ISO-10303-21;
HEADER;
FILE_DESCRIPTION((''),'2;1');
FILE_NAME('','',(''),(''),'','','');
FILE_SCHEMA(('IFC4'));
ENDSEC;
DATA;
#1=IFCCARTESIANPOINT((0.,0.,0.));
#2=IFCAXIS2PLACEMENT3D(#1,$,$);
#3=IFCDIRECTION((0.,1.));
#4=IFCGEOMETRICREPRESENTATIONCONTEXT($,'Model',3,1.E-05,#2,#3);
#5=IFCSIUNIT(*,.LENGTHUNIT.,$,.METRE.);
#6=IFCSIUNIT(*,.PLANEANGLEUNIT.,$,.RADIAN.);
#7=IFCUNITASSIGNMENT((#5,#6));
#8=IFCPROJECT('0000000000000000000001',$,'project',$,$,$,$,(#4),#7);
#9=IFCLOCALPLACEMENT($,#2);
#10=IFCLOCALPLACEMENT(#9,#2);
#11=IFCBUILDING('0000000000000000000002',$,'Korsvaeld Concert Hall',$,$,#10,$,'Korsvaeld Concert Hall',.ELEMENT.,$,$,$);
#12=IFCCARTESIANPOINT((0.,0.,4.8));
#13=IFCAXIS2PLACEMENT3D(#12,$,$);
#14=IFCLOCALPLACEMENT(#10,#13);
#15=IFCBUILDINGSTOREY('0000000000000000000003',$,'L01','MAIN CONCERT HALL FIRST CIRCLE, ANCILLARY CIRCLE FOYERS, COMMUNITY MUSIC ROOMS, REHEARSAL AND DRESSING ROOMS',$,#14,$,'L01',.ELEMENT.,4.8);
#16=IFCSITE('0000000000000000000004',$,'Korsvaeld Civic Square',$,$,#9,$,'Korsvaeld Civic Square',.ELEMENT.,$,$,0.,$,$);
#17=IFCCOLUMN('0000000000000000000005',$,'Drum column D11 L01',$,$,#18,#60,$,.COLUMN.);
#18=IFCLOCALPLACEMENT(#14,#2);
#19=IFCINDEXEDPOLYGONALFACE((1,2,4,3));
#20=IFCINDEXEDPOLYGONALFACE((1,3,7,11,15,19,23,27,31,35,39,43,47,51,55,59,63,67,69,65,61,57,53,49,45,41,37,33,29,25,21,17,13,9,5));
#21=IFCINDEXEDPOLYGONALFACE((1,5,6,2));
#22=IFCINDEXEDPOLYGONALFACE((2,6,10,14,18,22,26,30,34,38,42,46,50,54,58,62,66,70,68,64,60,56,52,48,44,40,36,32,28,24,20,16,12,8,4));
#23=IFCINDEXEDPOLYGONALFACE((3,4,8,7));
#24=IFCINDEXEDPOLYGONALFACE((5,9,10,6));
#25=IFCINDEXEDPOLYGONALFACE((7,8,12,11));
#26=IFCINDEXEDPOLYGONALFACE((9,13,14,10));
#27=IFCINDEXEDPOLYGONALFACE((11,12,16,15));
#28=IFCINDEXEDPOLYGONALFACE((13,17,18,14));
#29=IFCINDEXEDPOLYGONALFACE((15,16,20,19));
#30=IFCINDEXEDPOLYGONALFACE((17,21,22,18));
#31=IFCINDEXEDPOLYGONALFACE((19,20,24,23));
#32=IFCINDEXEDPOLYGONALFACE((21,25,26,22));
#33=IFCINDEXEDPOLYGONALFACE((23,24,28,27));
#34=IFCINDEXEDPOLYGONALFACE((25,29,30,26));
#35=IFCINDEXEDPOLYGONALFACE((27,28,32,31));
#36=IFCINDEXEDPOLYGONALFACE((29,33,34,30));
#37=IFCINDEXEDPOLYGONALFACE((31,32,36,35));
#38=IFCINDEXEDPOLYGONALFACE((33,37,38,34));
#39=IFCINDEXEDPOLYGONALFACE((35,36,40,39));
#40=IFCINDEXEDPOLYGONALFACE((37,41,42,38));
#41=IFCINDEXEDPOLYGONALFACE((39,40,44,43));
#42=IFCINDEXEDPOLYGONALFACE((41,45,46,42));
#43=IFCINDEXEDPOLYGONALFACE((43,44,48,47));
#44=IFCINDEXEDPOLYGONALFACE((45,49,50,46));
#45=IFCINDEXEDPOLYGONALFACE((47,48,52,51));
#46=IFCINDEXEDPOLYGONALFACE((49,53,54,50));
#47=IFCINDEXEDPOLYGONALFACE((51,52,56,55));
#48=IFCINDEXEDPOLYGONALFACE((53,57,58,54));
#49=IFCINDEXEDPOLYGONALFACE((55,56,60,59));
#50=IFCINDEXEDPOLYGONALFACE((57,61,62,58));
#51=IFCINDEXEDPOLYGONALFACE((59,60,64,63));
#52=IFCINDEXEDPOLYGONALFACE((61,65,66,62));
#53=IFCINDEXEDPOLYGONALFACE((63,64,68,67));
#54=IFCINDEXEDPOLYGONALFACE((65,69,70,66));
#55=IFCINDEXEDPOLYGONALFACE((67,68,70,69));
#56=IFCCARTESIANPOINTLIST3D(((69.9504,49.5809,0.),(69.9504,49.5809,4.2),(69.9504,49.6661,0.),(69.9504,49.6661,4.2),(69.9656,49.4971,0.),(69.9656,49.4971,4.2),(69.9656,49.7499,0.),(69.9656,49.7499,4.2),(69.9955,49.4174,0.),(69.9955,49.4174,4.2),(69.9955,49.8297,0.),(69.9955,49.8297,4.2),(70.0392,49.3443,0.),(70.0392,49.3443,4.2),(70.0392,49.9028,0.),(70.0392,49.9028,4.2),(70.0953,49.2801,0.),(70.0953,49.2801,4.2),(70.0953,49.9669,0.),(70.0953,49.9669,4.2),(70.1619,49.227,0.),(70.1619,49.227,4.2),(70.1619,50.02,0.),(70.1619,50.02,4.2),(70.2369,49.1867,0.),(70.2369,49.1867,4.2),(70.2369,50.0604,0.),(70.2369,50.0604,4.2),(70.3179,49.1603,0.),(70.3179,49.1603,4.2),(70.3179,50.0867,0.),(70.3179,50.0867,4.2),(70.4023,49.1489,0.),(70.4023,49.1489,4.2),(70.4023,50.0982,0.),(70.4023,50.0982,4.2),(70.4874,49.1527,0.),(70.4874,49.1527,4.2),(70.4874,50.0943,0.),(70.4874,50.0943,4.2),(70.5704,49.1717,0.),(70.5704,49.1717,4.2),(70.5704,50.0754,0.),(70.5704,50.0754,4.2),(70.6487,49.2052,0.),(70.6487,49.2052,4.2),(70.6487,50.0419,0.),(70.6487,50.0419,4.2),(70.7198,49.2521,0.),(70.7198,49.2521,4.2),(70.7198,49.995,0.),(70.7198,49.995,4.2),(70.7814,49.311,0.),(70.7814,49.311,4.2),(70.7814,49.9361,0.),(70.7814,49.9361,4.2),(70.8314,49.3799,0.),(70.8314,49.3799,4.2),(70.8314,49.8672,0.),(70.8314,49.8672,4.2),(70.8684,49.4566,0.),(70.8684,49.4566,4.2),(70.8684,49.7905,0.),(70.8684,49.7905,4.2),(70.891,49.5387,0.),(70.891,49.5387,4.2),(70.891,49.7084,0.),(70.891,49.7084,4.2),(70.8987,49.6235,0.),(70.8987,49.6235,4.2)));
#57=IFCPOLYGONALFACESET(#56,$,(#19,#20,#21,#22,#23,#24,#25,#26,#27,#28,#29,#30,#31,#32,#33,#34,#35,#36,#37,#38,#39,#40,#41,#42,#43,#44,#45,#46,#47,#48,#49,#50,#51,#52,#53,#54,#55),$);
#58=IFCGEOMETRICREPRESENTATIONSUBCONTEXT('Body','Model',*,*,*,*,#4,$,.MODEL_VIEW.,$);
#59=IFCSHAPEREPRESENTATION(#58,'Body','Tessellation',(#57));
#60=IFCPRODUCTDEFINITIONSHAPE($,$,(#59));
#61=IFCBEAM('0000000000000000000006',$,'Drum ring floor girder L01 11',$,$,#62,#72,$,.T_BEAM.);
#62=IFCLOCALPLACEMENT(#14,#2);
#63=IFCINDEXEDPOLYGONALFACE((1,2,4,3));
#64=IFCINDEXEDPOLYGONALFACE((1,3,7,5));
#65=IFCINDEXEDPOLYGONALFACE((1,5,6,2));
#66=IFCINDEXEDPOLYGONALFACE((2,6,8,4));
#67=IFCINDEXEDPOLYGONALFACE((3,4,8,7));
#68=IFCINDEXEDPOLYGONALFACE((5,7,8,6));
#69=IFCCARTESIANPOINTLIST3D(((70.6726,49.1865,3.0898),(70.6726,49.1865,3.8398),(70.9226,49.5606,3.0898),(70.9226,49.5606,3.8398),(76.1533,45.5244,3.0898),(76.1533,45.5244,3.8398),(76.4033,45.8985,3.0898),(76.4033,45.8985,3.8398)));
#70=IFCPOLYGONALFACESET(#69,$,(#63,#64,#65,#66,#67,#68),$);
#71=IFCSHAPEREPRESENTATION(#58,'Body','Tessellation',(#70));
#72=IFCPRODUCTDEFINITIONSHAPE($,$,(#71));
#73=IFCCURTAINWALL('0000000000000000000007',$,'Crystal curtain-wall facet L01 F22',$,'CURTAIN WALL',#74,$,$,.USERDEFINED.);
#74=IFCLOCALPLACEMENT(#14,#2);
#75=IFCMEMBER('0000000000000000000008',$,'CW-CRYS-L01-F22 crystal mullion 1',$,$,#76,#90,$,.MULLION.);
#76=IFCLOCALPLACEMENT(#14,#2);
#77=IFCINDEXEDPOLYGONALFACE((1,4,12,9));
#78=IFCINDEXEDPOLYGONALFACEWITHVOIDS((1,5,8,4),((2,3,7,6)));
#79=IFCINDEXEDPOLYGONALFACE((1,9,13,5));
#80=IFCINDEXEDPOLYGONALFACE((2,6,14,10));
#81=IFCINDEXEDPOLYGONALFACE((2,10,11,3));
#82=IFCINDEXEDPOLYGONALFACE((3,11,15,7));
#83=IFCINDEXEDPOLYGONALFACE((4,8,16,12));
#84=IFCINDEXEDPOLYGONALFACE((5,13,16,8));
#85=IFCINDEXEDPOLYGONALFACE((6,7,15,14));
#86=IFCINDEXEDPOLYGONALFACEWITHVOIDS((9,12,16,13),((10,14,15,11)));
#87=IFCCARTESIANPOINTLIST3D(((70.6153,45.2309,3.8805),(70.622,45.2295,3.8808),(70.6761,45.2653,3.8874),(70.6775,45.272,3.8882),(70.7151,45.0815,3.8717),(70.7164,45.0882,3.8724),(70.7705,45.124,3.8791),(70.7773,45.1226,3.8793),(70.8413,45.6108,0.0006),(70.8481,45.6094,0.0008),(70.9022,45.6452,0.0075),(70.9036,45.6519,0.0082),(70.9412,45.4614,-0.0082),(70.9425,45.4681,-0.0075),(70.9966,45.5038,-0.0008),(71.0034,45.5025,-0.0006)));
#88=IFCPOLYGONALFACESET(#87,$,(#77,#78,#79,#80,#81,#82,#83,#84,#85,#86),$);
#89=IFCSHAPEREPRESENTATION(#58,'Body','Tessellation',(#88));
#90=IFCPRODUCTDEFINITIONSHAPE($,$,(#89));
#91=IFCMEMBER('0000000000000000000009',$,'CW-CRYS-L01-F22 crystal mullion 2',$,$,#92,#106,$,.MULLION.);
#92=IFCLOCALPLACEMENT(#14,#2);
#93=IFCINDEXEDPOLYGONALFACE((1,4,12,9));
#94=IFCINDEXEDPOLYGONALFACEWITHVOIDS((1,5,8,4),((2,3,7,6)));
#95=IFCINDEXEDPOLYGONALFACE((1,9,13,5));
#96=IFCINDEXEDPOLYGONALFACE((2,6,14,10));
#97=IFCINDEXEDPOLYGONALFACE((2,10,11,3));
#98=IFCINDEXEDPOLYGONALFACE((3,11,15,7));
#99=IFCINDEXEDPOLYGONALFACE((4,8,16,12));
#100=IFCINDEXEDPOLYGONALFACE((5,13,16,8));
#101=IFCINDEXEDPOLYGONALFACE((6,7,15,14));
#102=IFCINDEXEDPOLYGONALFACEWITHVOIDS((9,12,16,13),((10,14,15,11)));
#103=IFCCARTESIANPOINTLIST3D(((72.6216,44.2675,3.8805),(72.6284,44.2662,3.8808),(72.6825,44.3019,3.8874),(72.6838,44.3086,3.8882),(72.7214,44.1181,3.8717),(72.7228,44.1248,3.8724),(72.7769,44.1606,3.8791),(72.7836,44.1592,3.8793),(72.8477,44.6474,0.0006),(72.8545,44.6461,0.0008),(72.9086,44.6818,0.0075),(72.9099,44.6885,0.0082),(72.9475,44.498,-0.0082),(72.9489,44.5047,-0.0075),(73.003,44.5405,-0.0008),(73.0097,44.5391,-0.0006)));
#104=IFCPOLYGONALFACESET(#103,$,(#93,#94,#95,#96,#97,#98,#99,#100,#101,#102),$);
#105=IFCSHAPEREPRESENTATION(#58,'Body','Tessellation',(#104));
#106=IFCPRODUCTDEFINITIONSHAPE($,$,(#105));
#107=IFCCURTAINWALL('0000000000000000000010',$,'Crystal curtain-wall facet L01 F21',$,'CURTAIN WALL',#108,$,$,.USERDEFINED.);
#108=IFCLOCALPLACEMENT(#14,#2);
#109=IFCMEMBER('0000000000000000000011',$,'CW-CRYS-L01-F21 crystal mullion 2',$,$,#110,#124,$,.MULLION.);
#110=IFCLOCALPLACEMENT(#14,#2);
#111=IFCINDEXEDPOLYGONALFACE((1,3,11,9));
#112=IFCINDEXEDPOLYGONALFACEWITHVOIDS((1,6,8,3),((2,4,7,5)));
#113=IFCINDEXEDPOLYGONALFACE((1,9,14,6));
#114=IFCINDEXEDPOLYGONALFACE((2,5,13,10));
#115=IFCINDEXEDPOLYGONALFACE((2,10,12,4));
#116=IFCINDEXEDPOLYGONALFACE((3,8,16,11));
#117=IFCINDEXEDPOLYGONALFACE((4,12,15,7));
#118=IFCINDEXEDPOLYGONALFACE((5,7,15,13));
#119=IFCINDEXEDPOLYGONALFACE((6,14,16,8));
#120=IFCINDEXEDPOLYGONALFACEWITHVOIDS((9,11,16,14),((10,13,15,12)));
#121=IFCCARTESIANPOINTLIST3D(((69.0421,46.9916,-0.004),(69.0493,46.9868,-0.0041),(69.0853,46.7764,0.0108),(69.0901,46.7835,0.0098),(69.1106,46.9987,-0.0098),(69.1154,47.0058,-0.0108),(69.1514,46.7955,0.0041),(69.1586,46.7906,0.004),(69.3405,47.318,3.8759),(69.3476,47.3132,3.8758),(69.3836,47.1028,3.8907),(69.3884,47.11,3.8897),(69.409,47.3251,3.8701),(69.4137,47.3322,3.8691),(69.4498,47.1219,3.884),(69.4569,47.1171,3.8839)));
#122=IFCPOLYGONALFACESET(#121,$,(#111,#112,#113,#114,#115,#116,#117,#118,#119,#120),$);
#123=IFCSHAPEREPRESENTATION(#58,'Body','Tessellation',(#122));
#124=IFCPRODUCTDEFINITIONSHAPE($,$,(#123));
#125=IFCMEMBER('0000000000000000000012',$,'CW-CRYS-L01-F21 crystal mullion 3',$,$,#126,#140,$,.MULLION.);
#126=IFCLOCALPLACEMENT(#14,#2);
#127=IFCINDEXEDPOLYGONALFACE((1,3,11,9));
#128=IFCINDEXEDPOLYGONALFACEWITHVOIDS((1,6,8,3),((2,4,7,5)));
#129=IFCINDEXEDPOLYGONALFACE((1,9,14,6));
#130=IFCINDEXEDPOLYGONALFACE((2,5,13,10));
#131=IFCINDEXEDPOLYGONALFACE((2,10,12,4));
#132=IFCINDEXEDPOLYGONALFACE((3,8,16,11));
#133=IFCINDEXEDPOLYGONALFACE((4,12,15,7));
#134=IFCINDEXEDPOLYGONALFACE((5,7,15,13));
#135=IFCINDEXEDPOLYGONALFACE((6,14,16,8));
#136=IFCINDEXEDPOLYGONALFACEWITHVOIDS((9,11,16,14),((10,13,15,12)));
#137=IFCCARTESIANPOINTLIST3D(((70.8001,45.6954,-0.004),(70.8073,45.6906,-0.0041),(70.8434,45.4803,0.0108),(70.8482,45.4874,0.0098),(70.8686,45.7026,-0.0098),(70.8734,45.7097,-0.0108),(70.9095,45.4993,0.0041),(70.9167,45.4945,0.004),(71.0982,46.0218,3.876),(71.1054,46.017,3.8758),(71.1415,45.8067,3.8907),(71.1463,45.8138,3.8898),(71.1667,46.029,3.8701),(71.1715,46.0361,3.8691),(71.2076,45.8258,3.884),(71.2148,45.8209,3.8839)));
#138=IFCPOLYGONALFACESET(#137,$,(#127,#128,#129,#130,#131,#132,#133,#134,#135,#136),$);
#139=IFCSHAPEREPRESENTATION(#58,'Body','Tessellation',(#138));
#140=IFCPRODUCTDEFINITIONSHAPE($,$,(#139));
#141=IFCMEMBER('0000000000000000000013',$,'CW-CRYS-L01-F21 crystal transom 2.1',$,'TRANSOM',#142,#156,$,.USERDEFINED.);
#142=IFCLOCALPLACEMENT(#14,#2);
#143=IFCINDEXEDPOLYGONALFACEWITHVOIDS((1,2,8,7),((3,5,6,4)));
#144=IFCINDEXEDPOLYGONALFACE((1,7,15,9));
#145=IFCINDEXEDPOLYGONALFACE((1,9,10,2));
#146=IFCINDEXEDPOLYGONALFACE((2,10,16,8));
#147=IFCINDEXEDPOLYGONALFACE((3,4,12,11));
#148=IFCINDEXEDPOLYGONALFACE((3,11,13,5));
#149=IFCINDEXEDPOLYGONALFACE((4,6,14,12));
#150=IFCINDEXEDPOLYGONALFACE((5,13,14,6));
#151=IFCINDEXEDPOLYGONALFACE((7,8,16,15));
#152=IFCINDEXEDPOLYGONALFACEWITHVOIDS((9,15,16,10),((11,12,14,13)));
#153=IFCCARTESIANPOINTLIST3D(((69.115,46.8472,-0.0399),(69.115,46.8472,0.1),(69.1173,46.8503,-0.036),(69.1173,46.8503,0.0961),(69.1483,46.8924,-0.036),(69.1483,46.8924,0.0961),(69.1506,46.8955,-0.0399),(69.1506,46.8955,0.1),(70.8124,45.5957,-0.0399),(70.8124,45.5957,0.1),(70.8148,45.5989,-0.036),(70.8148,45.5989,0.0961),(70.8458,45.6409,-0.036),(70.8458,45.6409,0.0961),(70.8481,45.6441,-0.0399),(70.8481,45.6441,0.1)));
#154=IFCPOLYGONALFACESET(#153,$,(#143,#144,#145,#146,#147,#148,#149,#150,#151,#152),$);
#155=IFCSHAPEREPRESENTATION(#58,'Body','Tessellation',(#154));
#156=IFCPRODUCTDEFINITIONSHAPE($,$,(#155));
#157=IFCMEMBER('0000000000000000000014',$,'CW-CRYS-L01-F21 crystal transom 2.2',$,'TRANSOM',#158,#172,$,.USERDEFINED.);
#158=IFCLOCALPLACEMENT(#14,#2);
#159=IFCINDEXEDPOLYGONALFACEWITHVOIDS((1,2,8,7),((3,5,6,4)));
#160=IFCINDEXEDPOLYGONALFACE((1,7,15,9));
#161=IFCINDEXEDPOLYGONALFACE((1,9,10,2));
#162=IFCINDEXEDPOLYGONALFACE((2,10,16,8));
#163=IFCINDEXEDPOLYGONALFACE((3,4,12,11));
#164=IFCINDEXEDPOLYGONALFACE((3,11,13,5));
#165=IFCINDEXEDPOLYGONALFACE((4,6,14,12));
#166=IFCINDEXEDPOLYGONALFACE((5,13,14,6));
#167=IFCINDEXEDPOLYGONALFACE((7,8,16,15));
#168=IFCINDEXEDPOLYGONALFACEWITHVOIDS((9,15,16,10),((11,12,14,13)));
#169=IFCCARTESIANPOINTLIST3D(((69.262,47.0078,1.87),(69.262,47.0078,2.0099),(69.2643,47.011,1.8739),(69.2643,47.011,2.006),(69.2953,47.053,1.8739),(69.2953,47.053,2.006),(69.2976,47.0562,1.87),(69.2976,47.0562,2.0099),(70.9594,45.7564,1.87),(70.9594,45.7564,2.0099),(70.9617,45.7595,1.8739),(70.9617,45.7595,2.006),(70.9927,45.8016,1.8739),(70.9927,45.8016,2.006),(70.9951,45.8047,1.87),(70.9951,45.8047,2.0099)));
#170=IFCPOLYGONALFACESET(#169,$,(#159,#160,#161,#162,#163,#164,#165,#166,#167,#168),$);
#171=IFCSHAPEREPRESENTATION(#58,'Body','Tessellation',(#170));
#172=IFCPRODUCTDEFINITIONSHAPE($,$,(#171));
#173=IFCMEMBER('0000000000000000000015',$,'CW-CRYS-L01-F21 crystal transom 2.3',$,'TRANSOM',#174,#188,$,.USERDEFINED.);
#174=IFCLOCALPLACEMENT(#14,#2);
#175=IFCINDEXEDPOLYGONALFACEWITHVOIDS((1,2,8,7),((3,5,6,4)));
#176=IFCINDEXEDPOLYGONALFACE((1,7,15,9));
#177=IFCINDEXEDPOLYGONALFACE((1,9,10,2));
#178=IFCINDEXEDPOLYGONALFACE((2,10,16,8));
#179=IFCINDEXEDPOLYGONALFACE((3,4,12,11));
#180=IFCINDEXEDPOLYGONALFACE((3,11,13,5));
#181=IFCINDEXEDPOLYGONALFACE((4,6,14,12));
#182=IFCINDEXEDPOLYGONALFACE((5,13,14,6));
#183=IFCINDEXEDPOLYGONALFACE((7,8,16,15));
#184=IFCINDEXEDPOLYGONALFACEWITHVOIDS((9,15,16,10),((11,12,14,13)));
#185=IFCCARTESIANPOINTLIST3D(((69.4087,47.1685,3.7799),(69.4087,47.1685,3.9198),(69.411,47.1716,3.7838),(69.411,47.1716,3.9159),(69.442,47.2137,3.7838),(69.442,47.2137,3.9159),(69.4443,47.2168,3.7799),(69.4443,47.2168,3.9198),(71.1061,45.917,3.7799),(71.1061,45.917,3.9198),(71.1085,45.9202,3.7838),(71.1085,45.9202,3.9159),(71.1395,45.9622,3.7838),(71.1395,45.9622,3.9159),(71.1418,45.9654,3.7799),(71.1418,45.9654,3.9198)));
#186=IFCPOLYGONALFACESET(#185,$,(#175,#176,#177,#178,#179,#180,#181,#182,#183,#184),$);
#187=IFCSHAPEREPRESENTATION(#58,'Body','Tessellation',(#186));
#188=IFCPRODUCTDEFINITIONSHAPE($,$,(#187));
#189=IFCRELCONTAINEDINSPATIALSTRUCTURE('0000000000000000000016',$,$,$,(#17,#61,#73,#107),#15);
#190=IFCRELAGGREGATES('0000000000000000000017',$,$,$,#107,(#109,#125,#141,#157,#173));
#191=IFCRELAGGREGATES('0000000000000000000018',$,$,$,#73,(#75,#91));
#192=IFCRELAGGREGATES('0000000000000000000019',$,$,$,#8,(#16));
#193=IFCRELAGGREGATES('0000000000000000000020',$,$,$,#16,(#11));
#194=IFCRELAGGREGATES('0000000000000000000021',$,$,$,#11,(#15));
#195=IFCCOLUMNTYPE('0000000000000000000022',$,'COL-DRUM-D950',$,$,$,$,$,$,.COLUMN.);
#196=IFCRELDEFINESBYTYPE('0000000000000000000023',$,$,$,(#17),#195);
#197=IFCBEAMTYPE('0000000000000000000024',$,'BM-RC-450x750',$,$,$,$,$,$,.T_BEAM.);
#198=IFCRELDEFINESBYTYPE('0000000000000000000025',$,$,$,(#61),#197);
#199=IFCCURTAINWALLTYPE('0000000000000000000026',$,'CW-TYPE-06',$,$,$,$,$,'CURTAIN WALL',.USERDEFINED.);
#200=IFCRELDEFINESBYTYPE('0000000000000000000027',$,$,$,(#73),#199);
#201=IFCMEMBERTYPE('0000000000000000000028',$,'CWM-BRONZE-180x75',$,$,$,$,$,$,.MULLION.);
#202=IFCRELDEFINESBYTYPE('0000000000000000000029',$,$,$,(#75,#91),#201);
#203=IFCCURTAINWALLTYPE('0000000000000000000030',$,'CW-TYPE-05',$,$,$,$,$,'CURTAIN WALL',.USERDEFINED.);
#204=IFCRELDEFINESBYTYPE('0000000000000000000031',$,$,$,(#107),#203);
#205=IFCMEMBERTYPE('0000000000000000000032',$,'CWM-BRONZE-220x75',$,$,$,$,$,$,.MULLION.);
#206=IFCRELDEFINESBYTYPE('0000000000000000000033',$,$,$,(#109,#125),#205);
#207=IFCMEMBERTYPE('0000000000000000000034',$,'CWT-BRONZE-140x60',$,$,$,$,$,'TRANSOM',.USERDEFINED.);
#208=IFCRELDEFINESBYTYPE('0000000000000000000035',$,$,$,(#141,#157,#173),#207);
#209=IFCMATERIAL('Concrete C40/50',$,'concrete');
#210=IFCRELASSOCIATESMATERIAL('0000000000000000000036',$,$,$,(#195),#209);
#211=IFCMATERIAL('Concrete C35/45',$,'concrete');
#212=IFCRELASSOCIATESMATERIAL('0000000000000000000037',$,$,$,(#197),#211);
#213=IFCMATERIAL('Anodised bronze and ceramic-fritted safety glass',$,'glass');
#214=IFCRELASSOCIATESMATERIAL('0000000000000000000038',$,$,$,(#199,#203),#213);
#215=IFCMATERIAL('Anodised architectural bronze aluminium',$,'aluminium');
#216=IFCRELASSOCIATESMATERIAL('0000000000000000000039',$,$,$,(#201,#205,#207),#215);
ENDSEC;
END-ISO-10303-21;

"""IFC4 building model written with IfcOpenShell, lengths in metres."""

from ifc_helpers import new_model, si_unit, direction, frame, origin, origin_2d, place, context, subcontext, project, spatial, rectangle, hollow_rectangle, circle, extrude, material, material_profile, profile_set, type_object, element, aggregate, save


model = new_model("IFC4")

# Units and contexts
model_context = context("Model", 3, precision=1e-05, world=origin(), true_north=direction((0.0, 1.0)))
body_context = subcontext(model_context, "Body", "Model", "MODEL_VIEW")
ifc_project = project(units=[si_unit("LENGTHUNIT", "METRE"), si_unit("PLANEANGLEUNIT", "RADIAN")], contexts=[model_context])

# Site, building, storey
site_placement = place(None, origin())
site = spatial("IfcSite", under=ifc_project, at=site_placement, Name="Korsvaeld Civic Square", LongName="Korsvaeld Civic Square", CompositionType="ELEMENT", RefElevation=0.0)
building_placement = place(site_placement, origin())
building = spatial("IfcBuilding", under=site, at=building_placement, Name="Korsvaeld Concert Hall", LongName="Korsvaeld Concert Hall", CompositionType="ELEMENT")
storey_placement = place(building_placement, frame((0.0, 0.0, 4.8)))
storey = spatial("IfcBuildingStorey", under=building, at=storey_placement, Name="L01", Description="MAIN CONCERT HALL FIRST CIRCLE, ANCILLARY CIRCLE FOYERS, COMMUNITY MUSIC ROOMS, REHEARSAL AND DRESSING ROOMS", LongName="L01", CompositionType="ELEMENT", Elevation=4.8)

# Column
ifc_material_1 = material(Name="Concrete C40/50", Category="concrete")
ifc_material_profile_1 = material_profile(ifc_material_1, circle(Radius=0.4751, at=origin_2d()), Name="RC D950")
ifc_profile_set_1 = profile_set([ifc_material_profile_1], Name="Concrete C40/50")
column_type = type_object("IfcColumnType", Name="COL-DRUM-D950", PredefinedType="COLUMN", material=ifc_profile_set_1)
column_placement = place(storey_placement, frame((70.4236, 49.6235, 0.0), z_axis=(0.0, 0.0, 1.0), x_axis=(1.0, 0.0, 0.0)))
element("IfcColumn", 1, at=column_placement, inside=storey, type_object=column_type, Name="Drum column D11 L01", PredefinedType="COLUMN", context=body_context, shape_type="SweptSolid", body=[
    extrude(circle(Radius=0.4751, at=origin_2d()), origin(), (0.0, 0.0, 1.0), 4.2),
])

# Beam
ifc_material_2 = material(Name="Concrete C35/45", Category="concrete")
ifc_material_profile_2 = material_profile(ifc_material_2, rectangle(XDim=0.45, YDim=0.75, at=origin_2d()), Name="RC 450x750")
ifc_profile_set_2 = profile_set([ifc_material_profile_2], Name="Concrete C35/45")
beam_type = type_object("IfcBeamType", Name="BM-RC-450x750", PredefinedType="T_BEAM", material=ifc_profile_set_2)
beam_placement = place(storey_placement, frame((70.7976, 49.3735, 3.4648), z_axis=(0.831469, -0.555572, 0.0), x_axis=(0.555572, 0.831469, 0.0)))
element("IfcBeam", 2, at=beam_placement, inside=storey, type_object=beam_type, Name="Drum ring floor girder L01 11", PredefinedType="T_BEAM", context=body_context, shape_type="SweptSolid", body=[
    extrude(rectangle(XDim=0.45, YDim=0.75, at=origin_2d()), origin(), (0.0, 0.0, 1.0), 6.5916),
])

# Curtain walls, members
ifc_material_3 = material(Name="Anodised bronze and ceramic-fritted safety glass", Category="glass")
curtain_wall_type_1 = type_object("IfcCurtainWallType", Name="CW-TYPE-06", ElementType="CURTAIN WALL", PredefinedType="USERDEFINED", material=ifc_material_3)
curtain_wall_1_placement = place(storey_placement, origin())
curtain_wall_1 = element("IfcCurtainWall", 3, at=curtain_wall_1_placement, inside=storey, type_object=curtain_wall_type_1, Name="Crystal curtain-wall facet L01 F22", ObjectType="CURTAIN WALL", PredefinedType="USERDEFINED")
ifc_material_4 = material(Name="Anodised architectural bronze aluminium", Category="aluminium")
ifc_material_profile_3 = material_profile(ifc_material_4, hollow_rectangle(XDim=0.075, YDim=0.1799, WallThickness=0.0049, at=origin_2d()), Name="CWM 180x75x5")
ifc_profile_set_3 = profile_set([ifc_material_profile_3], Name="Anodised architectural bronze aluminium")
member_type_1 = type_object("IfcMemberType", Name="CWM-BRONZE-180x75", PredefinedType="MULLION", material=ifc_profile_set_3)
member_1_placement = place(storey_placement, frame((70.9224, 45.5566, 0.0), z_axis=(-0.057894, -0.097281, 0.993572), x_axis=(0.829999, 0.548349, 0.102052)))
member_1 = element("IfcMember", 4, at=member_1_placement, type_object=member_type_1, Name="CW-CRYS-L01-F22 crystal mullion 1", PredefinedType="MULLION", context=body_context, shape_type="SweptSolid", body=[
    extrude(hollow_rectangle(XDim=0.075, YDim=0.1799, WallThickness=0.0049, at=origin_2d()), origin(), (0.0, 0.0, 1.0), 3.905),
])
member_2_placement = place(storey_placement, frame((72.9287, 44.5933, 0.0), z_axis=(-0.057894, -0.097281, 0.993572), x_axis=(0.829999, 0.548349, 0.102052)))
member_2 = element("IfcMember", 5, at=member_2_placement, type_object=member_type_1, Name="CW-CRYS-L01-F22 crystal mullion 2", PredefinedType="MULLION", context=body_context, shape_type="SweptSolid", body=[
    extrude(hollow_rectangle(XDim=0.075, YDim=0.1799, WallThickness=0.0049, at=origin_2d()), origin(), (0.0, 0.0, 1.0), 3.905),
])
curtain_wall_type_2 = type_object("IfcCurtainWallType", Name="CW-TYPE-05", ElementType="CURTAIN WALL", PredefinedType="USERDEFINED", material=ifc_material_3)
curtain_wall_2_placement = place(storey_placement, origin())
curtain_wall_2 = element("IfcCurtainWall", 6, at=curtain_wall_2_placement, inside=storey, type_object=curtain_wall_type_2, Name="Crystal curtain-wall facet L01 F21", ObjectType="CURTAIN WALL", PredefinedType="USERDEFINED")
ifc_material_profile_4 = material_profile(ifc_material_4, hollow_rectangle(XDim=0.075, YDim=0.22, WallThickness=0.0061, at=origin_2d()), Name="CWM 220x75x6")
ifc_profile_set_4 = profile_set([ifc_material_profile_4], Name="Anodised architectural bronze aluminium")
member_type_2 = type_object("IfcMemberType", Name="CWM-BRONZE-220x75", PredefinedType="MULLION", material=ifc_profile_set_4)
member_3_placement = place(storey_placement, frame((69.1003, 46.8911, 0.0), z_axis=(0.076399, 0.083589, 0.993567), x_axis=(-0.977549, -0.18997, 0.09115)))
member_3 = element("IfcMember", 7, at=member_3_placement, type_object=member_type_2, Name="CW-CRYS-L01-F21 crystal mullion 2", PredefinedType="MULLION", context=body_context, shape_type="SweptSolid", body=[
    extrude(hollow_rectangle(XDim=0.075, YDim=0.22, WallThickness=0.0061, at=origin_2d()), origin(), (0.0, 0.0, 1.0), 3.905),
])
member_4_placement = place(storey_placement, frame((70.8584, 45.595, 0.0), z_axis=(0.076337, 0.08359, 0.993572), x_axis=(-0.977475, -0.190372, 0.091116)))
member_4 = element("IfcMember", 8, at=member_4_placement, type_object=member_type_2, Name="CW-CRYS-L01-F21 crystal mullion 3", PredefinedType="MULLION", context=body_context, shape_type="SweptSolid", body=[
    extrude(hollow_rectangle(XDim=0.075, YDim=0.22, WallThickness=0.0061, at=origin_2d()), origin(), (0.0, 0.0, 1.0), 3.905),
])
ifc_material_profile_5 = material_profile(ifc_material_4, hollow_rectangle(XDim=0.0601, YDim=0.1399, WallThickness=0.0039, at=origin_2d()), Name="CWT 140x60x4")
ifc_profile_set_5 = profile_set([ifc_material_profile_5], Name="Anodised architectural bronze aluminium")
member_type_3 = type_object("IfcMemberType", Name="CWT-BRONZE-140x60", ElementType="TRANSOM", PredefinedType="USERDEFINED", material=ifc_profile_set_5)
member_5_placement = place(storey_placement, frame((69.1328, 46.8713, 0.03), z_axis=(0.804905, -0.593404, 0.0), x_axis=(0.593404, 0.804905, 0.0)))
member_5 = element("IfcMember", 9, at=member_5_placement, type_object=member_type_3, Name="CW-CRYS-L01-F21 crystal transom 2.1", ObjectType="TRANSOM", PredefinedType="USERDEFINED", context=body_context, shape_type="SweptSolid", body=[
    extrude(hollow_rectangle(XDim=0.0601, YDim=0.1399, WallThickness=0.0039, at=origin_2d()), origin(), (0.0, 0.0, 1.0), 2.1089),
])
member_6_placement = place(storey_placement, frame((69.2798, 47.032, 1.9399), z_axis=(0.804905, -0.593404, 0.0), x_axis=(0.593404, 0.804905, 0.0)))
member_6 = element("IfcMember", 10, at=member_6_placement, type_object=member_type_3, Name="CW-CRYS-L01-F21 crystal transom 2.2", ObjectType="TRANSOM", PredefinedType="USERDEFINED", context=body_context, shape_type="SweptSolid", body=[
    extrude(hollow_rectangle(XDim=0.0601, YDim=0.1399, WallThickness=0.0039, at=origin_2d()), origin(), (0.0, 0.0, 1.0), 2.1089),
])
member_7_placement = place(storey_placement, frame((69.4265, 47.1926, 3.8499), z_axis=(0.804905, -0.593404, 0.0), x_axis=(0.593404, 0.804905, 0.0)))
member_7 = element("IfcMember", 11, at=member_7_placement, type_object=member_type_3, Name="CW-CRYS-L01-F21 crystal transom 2.3", ObjectType="TRANSOM", PredefinedType="USERDEFINED", context=body_context, shape_type="SweptSolid", body=[
    extrude(hollow_rectangle(XDim=0.0601, YDim=0.1399, WallThickness=0.0039, at=origin_2d()), origin(), (0.0, 0.0, 1.0), 2.1089),
])

aggregate(curtain_wall_2, [member_3, member_4, member_5, member_6, member_7])
aggregate(curtain_wall_1, [member_1, member_2])

save(model, "model.ifc")
